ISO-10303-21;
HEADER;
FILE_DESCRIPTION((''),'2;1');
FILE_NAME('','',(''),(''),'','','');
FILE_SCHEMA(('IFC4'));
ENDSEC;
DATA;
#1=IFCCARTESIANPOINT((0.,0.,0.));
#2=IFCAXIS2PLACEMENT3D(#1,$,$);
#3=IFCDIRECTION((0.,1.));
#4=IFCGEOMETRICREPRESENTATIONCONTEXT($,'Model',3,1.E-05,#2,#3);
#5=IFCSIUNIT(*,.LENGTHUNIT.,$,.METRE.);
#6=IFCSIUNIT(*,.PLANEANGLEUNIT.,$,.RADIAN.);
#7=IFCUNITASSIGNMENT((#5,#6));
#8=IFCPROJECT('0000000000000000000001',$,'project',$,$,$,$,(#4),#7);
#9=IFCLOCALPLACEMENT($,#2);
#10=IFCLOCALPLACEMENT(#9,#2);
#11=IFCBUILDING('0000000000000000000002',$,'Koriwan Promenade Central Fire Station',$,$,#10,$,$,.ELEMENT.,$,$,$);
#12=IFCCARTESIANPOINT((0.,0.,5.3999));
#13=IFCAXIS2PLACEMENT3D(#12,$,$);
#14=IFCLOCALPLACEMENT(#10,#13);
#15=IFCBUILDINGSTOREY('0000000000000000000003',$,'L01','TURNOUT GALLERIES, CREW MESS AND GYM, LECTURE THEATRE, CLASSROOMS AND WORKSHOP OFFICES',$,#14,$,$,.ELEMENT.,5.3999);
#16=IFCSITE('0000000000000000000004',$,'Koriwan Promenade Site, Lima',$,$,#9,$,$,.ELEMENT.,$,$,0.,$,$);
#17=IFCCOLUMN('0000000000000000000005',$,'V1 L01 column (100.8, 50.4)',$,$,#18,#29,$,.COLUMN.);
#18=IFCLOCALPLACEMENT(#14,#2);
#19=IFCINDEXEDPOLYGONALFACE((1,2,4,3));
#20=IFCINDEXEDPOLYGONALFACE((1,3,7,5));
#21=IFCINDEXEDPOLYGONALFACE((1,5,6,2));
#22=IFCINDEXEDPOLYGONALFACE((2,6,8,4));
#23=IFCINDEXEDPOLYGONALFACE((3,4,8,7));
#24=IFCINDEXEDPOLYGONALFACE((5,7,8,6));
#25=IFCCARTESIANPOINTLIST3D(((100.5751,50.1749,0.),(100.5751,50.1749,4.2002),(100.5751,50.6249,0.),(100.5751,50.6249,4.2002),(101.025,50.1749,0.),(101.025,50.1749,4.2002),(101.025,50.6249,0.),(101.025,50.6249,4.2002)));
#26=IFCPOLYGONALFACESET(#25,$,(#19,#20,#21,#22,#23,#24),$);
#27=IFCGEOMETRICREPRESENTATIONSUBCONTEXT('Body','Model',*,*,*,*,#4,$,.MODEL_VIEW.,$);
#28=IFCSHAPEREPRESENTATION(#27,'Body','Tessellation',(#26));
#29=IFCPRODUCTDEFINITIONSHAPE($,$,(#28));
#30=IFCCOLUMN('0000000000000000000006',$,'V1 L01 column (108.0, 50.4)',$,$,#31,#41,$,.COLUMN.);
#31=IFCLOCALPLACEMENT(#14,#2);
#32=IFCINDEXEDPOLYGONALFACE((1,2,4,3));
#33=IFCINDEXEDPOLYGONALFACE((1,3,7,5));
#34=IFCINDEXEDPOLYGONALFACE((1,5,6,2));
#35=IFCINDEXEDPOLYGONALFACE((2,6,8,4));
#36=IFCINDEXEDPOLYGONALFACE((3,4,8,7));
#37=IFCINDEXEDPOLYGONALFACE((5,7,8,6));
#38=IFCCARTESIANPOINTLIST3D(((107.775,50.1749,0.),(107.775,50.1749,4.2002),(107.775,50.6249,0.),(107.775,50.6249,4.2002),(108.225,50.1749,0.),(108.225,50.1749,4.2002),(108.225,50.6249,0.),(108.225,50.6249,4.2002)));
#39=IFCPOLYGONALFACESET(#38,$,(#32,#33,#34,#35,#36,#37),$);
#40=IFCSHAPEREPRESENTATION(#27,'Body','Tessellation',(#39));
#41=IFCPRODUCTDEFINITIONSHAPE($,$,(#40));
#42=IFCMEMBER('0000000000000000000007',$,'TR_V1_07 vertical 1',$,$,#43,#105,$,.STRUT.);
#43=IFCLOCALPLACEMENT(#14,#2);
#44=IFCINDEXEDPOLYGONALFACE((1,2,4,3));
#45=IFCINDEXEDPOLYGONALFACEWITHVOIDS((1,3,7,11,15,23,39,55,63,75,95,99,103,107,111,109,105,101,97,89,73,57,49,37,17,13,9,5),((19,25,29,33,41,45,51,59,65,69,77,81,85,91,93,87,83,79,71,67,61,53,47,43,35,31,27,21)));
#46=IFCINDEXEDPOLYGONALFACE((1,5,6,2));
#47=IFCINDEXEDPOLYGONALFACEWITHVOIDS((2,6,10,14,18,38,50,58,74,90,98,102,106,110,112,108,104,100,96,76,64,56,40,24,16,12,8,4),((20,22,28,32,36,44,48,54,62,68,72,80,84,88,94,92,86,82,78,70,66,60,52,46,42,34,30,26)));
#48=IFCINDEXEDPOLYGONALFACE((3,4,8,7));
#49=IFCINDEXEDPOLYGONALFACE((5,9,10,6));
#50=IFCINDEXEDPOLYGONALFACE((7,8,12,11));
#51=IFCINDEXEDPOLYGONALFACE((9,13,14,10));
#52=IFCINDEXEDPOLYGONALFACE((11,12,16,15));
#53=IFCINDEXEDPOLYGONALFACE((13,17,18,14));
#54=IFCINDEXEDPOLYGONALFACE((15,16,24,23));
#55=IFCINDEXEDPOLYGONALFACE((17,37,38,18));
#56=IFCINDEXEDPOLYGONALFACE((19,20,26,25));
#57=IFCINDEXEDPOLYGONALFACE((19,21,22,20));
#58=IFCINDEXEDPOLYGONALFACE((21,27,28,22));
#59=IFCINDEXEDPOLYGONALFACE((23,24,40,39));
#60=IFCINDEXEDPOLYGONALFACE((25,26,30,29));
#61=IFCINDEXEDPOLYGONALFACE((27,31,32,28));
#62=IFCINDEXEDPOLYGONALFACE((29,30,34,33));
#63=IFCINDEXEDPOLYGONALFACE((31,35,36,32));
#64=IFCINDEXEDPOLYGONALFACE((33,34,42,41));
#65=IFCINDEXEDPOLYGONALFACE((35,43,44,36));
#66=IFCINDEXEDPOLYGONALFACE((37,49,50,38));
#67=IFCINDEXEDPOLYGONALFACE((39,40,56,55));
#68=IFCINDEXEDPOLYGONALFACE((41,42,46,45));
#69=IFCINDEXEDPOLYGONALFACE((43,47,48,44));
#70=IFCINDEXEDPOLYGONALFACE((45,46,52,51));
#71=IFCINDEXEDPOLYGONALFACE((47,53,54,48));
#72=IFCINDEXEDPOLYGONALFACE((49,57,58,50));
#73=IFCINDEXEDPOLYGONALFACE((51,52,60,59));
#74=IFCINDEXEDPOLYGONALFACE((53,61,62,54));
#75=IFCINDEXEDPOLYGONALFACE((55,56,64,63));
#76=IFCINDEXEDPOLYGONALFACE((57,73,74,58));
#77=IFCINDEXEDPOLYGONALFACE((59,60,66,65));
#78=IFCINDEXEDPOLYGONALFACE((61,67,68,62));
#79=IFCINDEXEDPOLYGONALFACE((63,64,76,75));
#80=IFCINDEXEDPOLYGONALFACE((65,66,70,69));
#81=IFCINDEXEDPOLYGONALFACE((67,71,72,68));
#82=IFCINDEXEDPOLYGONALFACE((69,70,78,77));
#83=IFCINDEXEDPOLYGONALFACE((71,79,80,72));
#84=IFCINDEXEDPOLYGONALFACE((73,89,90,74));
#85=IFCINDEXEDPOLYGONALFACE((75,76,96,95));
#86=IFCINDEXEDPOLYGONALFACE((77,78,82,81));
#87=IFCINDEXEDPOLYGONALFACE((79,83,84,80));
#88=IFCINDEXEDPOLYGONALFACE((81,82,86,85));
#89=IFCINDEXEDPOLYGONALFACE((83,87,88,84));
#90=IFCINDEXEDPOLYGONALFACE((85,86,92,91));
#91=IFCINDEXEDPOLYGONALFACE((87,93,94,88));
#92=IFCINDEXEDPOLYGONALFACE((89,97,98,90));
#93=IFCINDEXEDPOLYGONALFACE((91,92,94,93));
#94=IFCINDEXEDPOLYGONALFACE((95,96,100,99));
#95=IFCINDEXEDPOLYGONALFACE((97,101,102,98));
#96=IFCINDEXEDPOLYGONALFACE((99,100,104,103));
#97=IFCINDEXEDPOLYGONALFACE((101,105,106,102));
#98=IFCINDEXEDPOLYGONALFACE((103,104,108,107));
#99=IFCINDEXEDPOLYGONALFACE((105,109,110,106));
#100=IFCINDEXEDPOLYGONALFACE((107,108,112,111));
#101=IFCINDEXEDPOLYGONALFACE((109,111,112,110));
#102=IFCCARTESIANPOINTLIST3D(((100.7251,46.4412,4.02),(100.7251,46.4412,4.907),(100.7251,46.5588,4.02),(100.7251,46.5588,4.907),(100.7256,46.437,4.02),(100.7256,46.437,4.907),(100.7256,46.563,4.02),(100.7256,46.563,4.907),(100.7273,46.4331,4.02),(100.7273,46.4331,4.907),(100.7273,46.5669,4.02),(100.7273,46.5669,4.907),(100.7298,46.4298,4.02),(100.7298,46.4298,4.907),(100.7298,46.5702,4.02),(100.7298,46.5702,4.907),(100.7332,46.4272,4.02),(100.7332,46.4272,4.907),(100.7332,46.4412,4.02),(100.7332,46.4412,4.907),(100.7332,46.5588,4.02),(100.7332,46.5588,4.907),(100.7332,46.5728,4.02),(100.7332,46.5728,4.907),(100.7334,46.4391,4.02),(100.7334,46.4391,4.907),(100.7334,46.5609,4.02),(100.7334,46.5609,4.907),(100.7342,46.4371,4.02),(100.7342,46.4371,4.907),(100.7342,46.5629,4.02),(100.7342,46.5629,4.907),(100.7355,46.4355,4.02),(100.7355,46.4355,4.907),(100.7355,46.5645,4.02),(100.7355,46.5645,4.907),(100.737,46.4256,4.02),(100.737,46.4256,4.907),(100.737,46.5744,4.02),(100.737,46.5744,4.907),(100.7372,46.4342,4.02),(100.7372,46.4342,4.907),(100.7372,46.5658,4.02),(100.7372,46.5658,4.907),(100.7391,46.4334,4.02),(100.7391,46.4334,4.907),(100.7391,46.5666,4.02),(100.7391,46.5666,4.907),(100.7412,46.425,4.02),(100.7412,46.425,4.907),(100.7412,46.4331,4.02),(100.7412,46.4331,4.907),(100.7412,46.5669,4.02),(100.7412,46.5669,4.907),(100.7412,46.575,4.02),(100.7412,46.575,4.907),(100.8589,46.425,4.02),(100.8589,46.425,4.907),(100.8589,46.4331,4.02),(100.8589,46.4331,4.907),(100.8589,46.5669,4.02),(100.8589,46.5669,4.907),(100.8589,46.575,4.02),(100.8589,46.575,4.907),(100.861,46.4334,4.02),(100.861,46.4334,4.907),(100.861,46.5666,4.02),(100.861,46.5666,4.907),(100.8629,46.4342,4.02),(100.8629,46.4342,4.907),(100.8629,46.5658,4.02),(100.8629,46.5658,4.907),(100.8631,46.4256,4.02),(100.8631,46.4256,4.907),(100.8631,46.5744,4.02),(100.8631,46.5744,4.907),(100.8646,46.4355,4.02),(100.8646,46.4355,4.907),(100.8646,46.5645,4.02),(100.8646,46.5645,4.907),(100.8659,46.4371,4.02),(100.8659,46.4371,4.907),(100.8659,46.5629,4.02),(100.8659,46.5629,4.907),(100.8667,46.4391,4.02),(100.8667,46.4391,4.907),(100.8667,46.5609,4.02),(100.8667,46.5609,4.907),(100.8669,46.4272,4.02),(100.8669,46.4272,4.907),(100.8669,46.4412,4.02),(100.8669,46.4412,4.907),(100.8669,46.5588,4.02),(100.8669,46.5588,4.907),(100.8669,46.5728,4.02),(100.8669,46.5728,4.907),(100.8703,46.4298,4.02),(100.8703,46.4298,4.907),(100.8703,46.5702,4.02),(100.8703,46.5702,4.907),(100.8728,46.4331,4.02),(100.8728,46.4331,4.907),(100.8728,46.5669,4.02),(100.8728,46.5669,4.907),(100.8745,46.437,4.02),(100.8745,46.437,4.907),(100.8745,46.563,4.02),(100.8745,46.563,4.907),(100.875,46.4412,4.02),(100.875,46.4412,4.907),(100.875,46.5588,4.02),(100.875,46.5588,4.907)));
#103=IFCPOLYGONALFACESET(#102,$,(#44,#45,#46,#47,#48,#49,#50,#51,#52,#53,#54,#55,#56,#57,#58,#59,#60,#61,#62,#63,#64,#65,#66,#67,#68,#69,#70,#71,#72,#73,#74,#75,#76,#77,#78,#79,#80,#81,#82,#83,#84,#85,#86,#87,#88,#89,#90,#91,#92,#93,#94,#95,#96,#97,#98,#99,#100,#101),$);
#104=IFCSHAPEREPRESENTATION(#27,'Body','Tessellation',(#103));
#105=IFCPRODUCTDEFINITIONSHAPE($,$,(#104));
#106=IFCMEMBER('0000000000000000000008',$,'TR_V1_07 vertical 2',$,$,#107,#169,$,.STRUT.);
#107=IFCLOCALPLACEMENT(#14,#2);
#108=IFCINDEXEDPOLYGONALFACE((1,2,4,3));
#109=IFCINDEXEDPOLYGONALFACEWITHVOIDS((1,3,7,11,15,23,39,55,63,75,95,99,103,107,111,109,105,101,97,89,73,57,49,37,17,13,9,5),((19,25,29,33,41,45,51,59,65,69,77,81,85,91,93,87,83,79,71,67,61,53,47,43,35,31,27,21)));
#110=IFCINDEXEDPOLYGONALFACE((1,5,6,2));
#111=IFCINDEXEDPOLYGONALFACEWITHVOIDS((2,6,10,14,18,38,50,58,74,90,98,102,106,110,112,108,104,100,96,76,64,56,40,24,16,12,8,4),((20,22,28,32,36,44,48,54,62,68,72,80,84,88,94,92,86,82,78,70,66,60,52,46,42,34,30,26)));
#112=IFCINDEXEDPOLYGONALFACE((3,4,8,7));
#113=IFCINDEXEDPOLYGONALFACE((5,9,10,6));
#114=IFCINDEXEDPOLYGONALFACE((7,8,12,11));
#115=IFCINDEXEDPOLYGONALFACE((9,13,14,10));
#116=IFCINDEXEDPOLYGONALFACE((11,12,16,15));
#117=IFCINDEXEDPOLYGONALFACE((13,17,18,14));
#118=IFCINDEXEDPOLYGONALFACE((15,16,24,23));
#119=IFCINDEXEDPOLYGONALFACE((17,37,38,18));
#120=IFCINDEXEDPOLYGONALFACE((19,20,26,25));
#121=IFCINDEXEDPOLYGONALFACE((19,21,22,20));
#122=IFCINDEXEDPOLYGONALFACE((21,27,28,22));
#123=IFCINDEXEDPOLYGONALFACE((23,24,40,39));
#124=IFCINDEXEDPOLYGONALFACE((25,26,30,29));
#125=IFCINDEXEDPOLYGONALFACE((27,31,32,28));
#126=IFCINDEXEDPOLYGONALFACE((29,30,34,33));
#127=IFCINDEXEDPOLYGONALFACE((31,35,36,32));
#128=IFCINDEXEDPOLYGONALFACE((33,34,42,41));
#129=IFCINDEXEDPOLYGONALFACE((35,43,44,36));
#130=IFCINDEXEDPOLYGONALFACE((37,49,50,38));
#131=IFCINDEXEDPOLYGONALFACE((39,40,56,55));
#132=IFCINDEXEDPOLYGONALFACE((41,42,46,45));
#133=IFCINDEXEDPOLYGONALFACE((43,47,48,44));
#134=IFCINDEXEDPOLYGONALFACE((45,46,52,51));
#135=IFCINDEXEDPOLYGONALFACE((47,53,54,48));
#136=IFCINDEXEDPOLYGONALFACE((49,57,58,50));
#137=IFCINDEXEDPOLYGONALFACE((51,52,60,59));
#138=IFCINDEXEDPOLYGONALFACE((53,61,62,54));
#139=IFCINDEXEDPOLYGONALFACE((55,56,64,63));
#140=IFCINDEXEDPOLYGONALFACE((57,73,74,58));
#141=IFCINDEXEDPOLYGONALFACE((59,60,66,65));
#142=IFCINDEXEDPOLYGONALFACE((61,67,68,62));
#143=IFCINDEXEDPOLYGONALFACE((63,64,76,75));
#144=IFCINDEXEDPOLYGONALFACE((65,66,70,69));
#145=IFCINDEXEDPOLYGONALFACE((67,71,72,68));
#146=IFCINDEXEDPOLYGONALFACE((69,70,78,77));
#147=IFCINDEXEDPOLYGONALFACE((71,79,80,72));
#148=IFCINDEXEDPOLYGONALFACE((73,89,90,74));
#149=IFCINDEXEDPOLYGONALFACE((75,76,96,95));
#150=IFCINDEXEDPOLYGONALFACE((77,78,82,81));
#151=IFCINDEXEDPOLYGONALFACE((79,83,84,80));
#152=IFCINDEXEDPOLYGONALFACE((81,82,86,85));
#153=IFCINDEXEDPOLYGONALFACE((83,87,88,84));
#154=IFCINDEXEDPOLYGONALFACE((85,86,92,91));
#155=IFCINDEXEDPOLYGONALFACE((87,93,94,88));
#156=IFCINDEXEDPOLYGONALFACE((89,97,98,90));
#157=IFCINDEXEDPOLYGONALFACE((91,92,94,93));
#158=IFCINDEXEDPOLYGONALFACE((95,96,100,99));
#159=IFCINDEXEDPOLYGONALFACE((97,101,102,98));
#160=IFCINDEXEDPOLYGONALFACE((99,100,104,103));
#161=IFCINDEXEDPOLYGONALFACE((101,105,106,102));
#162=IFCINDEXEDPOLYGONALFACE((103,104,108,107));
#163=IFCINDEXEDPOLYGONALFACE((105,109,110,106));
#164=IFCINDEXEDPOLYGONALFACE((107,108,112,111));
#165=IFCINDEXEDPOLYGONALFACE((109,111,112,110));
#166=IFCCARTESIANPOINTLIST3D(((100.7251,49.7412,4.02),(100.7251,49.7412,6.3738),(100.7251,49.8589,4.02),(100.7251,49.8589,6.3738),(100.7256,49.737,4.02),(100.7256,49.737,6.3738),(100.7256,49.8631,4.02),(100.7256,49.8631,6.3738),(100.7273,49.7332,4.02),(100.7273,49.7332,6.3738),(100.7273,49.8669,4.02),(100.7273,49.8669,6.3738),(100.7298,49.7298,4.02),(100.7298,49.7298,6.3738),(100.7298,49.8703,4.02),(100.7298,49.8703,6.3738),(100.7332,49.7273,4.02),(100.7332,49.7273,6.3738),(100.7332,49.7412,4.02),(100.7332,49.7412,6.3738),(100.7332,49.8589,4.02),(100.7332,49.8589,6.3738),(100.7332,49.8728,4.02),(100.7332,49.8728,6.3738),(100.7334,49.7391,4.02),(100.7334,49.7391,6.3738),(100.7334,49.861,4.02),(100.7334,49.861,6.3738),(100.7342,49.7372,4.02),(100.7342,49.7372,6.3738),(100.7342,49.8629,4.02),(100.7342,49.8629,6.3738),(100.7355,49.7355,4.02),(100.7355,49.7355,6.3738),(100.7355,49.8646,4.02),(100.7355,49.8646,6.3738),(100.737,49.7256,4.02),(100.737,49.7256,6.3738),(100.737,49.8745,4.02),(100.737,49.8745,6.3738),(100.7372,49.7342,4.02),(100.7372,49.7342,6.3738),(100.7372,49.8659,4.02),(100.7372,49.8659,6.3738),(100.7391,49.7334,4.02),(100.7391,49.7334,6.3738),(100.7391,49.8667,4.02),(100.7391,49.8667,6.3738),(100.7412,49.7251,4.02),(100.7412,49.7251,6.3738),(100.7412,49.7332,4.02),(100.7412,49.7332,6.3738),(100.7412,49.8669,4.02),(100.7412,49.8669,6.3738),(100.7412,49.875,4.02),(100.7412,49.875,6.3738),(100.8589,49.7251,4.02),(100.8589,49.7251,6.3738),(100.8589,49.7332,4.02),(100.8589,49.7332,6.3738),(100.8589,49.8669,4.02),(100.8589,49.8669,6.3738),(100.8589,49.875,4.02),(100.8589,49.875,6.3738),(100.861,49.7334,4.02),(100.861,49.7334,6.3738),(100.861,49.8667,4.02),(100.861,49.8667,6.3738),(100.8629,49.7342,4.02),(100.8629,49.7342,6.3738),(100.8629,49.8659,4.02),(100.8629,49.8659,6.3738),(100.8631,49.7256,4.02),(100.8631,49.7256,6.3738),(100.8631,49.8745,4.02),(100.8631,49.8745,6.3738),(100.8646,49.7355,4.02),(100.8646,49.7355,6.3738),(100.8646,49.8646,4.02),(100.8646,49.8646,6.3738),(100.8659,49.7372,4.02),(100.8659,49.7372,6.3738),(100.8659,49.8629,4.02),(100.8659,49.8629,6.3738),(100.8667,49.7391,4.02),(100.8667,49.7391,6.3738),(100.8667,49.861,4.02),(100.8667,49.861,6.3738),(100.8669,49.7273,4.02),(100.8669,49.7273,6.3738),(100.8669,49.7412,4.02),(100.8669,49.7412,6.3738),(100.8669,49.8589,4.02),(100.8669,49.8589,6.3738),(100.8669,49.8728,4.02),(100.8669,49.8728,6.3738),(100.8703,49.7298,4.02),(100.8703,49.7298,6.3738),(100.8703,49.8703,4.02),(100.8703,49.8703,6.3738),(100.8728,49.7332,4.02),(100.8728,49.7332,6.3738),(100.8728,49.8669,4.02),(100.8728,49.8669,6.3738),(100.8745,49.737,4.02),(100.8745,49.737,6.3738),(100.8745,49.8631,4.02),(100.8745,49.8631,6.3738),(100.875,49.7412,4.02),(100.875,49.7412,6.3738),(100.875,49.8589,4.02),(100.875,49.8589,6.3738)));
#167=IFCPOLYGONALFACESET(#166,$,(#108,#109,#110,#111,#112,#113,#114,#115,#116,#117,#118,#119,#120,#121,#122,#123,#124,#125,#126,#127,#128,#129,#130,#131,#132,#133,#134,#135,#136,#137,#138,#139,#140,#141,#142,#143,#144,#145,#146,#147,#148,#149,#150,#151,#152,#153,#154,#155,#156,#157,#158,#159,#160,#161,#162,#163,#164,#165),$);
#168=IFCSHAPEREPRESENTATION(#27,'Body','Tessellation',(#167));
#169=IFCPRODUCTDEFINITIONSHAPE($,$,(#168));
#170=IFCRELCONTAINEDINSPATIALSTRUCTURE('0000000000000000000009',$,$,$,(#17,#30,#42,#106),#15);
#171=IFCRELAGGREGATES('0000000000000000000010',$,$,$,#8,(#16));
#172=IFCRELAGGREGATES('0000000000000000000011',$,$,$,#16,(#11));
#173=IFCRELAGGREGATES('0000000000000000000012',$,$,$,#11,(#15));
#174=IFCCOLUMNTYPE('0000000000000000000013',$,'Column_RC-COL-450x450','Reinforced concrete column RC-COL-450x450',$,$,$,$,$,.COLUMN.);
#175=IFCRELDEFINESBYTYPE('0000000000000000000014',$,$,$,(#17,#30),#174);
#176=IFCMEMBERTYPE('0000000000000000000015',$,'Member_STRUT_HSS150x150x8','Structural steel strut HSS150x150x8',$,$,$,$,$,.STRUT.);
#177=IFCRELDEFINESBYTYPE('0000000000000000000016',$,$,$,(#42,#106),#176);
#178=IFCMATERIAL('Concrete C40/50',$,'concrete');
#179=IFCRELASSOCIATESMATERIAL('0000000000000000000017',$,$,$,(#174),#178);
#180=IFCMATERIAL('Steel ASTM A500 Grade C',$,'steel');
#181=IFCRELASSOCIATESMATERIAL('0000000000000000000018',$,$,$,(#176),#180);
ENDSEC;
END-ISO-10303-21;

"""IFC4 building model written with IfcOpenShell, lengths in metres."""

from ifc_helpers import new_model, si_unit, direction, frame, origin, origin_2d, place, context, subcontext, project, spatial, rectangle, hollow_rectangle, extrude, material, material_profile, profile_set, type_object, element, save


model = new_model("IFC4")

# Units and contexts
model_context = context("Model", 3, precision=1e-05, world=origin(), true_north=direction((0.0, 1.0)))
body_context = subcontext(model_context, "Body", "Model", "MODEL_VIEW")
ifc_project = project(units=[si_unit("LENGTHUNIT", "METRE"), si_unit("PLANEANGLEUNIT", "RADIAN")], contexts=[model_context])

# Site, building, storey
site_placement = place(None, origin())
site = spatial("IfcSite", under=ifc_project, at=site_placement, Name="Koriwan Promenade Site, Lima", CompositionType="ELEMENT", RefElevation=0.0)
building_placement = place(site_placement, origin())
building = spatial("IfcBuilding", under=site, at=building_placement, Name="Koriwan Promenade Central Fire Station", CompositionType="ELEMENT")
storey_placement = place(building_placement, frame((0.0, 0.0, 5.3999)))
storey = spatial("IfcBuildingStorey", under=building, at=storey_placement, Name="L01", Description="TURNOUT GALLERIES, CREW MESS AND GYM, LECTURE THEATRE, CLASSROOMS AND WORKSHOP OFFICES", CompositionType="ELEMENT", Elevation=5.3999)

# Columns
ifc_material_1 = material(Name="Concrete C40/50", Category="concrete")
ifc_material_profile_1 = material_profile(ifc_material_1, rectangle(XDim=0.45, YDim=0.45, at=origin_2d()), Name="RC-COL-450x450")
ifc_profile_set_1 = profile_set([ifc_material_profile_1], Name="Concrete C40/50")
column_type = type_object("IfcColumnType", Name="Column_RC-COL-450x450", Description="Reinforced concrete column RC-COL-450x450", PredefinedType="COLUMN", material=ifc_profile_set_1)
for number, where, z_axis, x_axis, name in (
    (1, (100.8, 50.3999, 0.0), (0.0, 0.0, 1.0), (1.0, 0.0, 0.0), "V1 L01 column (100.8, 50.4)"),
    (2, (108.0, 50.3999, 0.0), (0.0, 0.0, 1.0), (1.0, 0.0, 0.0), "V1 L01 column (108.0, 50.4)"),
):
    element("IfcColumn", number, at=place(storey_placement, frame(where, z_axis=z_axis, x_axis=x_axis)), inside=storey, type_object=column_type, Name=name, PredefinedType="COLUMN", context=body_context, shape_type="SweptSolid", body=[
        extrude(rectangle(XDim=0.45, YDim=0.45, at=origin_2d()), origin(), (0.0, 0.0, 1.0), 4.2002),
    ])

# Members
ifc_material_2 = material(Name="Steel ASTM A500 Grade C", Category="steel")
ifc_material_profile_2 = material_profile(ifc_material_2, hollow_rectangle(XDim=0.1499, YDim=0.1499, WallThickness=0.0081, InnerFilletRadius=0.0081, OuterFilletRadius=0.0161, at=origin_2d()), Name="HSS150x150x8")
ifc_profile_set_2 = profile_set([ifc_material_profile_2], Name="Steel ASTM A500 Grade C")
member_type = type_object("IfcMemberType", Name="Member_STRUT_HSS150x150x8", Description="Structural steel strut HSS150x150x8", PredefinedType="STRUT", material=ifc_profile_set_2)
member_1_placement = place(storey_placement, frame((100.8, 46.5, 4.02), z_axis=(0.0, 0.0, 1.0), x_axis=(1.0, 0.0, 0.0)))
element("IfcMember", 3, at=member_1_placement, inside=storey, type_object=member_type, Name="TR_V1_07 vertical 1", PredefinedType="STRUT", context=body_context, shape_type="SweptSolid", body=[
    extrude(hollow_rectangle(XDim=0.1499, YDim=0.1499, WallThickness=0.0081, InnerFilletRadius=0.0081, OuterFilletRadius=0.0161, at=origin_2d()), origin(), (0.0, 0.0, 1.0), 0.887),
])
member_2_placement = place(storey_placement, frame((100.8, 49.8, 4.02), z_axis=(0.0, 0.0, 1.0), x_axis=(1.0, 0.0, 0.0)))
element("IfcMember", 4, at=member_2_placement, inside=storey, type_object=member_type, Name="TR_V1_07 vertical 2", PredefinedType="STRUT", context=body_context, shape_type="SweptSolid", body=[
    extrude(hollow_rectangle(XDim=0.1499, YDim=0.1499, WallThickness=0.0081, InnerFilletRadius=0.0081, OuterFilletRadius=0.0161, at=origin_2d()), origin(), (0.0, 0.0, 1.0), 2.3538),
])

save(model, "model.ifc")
